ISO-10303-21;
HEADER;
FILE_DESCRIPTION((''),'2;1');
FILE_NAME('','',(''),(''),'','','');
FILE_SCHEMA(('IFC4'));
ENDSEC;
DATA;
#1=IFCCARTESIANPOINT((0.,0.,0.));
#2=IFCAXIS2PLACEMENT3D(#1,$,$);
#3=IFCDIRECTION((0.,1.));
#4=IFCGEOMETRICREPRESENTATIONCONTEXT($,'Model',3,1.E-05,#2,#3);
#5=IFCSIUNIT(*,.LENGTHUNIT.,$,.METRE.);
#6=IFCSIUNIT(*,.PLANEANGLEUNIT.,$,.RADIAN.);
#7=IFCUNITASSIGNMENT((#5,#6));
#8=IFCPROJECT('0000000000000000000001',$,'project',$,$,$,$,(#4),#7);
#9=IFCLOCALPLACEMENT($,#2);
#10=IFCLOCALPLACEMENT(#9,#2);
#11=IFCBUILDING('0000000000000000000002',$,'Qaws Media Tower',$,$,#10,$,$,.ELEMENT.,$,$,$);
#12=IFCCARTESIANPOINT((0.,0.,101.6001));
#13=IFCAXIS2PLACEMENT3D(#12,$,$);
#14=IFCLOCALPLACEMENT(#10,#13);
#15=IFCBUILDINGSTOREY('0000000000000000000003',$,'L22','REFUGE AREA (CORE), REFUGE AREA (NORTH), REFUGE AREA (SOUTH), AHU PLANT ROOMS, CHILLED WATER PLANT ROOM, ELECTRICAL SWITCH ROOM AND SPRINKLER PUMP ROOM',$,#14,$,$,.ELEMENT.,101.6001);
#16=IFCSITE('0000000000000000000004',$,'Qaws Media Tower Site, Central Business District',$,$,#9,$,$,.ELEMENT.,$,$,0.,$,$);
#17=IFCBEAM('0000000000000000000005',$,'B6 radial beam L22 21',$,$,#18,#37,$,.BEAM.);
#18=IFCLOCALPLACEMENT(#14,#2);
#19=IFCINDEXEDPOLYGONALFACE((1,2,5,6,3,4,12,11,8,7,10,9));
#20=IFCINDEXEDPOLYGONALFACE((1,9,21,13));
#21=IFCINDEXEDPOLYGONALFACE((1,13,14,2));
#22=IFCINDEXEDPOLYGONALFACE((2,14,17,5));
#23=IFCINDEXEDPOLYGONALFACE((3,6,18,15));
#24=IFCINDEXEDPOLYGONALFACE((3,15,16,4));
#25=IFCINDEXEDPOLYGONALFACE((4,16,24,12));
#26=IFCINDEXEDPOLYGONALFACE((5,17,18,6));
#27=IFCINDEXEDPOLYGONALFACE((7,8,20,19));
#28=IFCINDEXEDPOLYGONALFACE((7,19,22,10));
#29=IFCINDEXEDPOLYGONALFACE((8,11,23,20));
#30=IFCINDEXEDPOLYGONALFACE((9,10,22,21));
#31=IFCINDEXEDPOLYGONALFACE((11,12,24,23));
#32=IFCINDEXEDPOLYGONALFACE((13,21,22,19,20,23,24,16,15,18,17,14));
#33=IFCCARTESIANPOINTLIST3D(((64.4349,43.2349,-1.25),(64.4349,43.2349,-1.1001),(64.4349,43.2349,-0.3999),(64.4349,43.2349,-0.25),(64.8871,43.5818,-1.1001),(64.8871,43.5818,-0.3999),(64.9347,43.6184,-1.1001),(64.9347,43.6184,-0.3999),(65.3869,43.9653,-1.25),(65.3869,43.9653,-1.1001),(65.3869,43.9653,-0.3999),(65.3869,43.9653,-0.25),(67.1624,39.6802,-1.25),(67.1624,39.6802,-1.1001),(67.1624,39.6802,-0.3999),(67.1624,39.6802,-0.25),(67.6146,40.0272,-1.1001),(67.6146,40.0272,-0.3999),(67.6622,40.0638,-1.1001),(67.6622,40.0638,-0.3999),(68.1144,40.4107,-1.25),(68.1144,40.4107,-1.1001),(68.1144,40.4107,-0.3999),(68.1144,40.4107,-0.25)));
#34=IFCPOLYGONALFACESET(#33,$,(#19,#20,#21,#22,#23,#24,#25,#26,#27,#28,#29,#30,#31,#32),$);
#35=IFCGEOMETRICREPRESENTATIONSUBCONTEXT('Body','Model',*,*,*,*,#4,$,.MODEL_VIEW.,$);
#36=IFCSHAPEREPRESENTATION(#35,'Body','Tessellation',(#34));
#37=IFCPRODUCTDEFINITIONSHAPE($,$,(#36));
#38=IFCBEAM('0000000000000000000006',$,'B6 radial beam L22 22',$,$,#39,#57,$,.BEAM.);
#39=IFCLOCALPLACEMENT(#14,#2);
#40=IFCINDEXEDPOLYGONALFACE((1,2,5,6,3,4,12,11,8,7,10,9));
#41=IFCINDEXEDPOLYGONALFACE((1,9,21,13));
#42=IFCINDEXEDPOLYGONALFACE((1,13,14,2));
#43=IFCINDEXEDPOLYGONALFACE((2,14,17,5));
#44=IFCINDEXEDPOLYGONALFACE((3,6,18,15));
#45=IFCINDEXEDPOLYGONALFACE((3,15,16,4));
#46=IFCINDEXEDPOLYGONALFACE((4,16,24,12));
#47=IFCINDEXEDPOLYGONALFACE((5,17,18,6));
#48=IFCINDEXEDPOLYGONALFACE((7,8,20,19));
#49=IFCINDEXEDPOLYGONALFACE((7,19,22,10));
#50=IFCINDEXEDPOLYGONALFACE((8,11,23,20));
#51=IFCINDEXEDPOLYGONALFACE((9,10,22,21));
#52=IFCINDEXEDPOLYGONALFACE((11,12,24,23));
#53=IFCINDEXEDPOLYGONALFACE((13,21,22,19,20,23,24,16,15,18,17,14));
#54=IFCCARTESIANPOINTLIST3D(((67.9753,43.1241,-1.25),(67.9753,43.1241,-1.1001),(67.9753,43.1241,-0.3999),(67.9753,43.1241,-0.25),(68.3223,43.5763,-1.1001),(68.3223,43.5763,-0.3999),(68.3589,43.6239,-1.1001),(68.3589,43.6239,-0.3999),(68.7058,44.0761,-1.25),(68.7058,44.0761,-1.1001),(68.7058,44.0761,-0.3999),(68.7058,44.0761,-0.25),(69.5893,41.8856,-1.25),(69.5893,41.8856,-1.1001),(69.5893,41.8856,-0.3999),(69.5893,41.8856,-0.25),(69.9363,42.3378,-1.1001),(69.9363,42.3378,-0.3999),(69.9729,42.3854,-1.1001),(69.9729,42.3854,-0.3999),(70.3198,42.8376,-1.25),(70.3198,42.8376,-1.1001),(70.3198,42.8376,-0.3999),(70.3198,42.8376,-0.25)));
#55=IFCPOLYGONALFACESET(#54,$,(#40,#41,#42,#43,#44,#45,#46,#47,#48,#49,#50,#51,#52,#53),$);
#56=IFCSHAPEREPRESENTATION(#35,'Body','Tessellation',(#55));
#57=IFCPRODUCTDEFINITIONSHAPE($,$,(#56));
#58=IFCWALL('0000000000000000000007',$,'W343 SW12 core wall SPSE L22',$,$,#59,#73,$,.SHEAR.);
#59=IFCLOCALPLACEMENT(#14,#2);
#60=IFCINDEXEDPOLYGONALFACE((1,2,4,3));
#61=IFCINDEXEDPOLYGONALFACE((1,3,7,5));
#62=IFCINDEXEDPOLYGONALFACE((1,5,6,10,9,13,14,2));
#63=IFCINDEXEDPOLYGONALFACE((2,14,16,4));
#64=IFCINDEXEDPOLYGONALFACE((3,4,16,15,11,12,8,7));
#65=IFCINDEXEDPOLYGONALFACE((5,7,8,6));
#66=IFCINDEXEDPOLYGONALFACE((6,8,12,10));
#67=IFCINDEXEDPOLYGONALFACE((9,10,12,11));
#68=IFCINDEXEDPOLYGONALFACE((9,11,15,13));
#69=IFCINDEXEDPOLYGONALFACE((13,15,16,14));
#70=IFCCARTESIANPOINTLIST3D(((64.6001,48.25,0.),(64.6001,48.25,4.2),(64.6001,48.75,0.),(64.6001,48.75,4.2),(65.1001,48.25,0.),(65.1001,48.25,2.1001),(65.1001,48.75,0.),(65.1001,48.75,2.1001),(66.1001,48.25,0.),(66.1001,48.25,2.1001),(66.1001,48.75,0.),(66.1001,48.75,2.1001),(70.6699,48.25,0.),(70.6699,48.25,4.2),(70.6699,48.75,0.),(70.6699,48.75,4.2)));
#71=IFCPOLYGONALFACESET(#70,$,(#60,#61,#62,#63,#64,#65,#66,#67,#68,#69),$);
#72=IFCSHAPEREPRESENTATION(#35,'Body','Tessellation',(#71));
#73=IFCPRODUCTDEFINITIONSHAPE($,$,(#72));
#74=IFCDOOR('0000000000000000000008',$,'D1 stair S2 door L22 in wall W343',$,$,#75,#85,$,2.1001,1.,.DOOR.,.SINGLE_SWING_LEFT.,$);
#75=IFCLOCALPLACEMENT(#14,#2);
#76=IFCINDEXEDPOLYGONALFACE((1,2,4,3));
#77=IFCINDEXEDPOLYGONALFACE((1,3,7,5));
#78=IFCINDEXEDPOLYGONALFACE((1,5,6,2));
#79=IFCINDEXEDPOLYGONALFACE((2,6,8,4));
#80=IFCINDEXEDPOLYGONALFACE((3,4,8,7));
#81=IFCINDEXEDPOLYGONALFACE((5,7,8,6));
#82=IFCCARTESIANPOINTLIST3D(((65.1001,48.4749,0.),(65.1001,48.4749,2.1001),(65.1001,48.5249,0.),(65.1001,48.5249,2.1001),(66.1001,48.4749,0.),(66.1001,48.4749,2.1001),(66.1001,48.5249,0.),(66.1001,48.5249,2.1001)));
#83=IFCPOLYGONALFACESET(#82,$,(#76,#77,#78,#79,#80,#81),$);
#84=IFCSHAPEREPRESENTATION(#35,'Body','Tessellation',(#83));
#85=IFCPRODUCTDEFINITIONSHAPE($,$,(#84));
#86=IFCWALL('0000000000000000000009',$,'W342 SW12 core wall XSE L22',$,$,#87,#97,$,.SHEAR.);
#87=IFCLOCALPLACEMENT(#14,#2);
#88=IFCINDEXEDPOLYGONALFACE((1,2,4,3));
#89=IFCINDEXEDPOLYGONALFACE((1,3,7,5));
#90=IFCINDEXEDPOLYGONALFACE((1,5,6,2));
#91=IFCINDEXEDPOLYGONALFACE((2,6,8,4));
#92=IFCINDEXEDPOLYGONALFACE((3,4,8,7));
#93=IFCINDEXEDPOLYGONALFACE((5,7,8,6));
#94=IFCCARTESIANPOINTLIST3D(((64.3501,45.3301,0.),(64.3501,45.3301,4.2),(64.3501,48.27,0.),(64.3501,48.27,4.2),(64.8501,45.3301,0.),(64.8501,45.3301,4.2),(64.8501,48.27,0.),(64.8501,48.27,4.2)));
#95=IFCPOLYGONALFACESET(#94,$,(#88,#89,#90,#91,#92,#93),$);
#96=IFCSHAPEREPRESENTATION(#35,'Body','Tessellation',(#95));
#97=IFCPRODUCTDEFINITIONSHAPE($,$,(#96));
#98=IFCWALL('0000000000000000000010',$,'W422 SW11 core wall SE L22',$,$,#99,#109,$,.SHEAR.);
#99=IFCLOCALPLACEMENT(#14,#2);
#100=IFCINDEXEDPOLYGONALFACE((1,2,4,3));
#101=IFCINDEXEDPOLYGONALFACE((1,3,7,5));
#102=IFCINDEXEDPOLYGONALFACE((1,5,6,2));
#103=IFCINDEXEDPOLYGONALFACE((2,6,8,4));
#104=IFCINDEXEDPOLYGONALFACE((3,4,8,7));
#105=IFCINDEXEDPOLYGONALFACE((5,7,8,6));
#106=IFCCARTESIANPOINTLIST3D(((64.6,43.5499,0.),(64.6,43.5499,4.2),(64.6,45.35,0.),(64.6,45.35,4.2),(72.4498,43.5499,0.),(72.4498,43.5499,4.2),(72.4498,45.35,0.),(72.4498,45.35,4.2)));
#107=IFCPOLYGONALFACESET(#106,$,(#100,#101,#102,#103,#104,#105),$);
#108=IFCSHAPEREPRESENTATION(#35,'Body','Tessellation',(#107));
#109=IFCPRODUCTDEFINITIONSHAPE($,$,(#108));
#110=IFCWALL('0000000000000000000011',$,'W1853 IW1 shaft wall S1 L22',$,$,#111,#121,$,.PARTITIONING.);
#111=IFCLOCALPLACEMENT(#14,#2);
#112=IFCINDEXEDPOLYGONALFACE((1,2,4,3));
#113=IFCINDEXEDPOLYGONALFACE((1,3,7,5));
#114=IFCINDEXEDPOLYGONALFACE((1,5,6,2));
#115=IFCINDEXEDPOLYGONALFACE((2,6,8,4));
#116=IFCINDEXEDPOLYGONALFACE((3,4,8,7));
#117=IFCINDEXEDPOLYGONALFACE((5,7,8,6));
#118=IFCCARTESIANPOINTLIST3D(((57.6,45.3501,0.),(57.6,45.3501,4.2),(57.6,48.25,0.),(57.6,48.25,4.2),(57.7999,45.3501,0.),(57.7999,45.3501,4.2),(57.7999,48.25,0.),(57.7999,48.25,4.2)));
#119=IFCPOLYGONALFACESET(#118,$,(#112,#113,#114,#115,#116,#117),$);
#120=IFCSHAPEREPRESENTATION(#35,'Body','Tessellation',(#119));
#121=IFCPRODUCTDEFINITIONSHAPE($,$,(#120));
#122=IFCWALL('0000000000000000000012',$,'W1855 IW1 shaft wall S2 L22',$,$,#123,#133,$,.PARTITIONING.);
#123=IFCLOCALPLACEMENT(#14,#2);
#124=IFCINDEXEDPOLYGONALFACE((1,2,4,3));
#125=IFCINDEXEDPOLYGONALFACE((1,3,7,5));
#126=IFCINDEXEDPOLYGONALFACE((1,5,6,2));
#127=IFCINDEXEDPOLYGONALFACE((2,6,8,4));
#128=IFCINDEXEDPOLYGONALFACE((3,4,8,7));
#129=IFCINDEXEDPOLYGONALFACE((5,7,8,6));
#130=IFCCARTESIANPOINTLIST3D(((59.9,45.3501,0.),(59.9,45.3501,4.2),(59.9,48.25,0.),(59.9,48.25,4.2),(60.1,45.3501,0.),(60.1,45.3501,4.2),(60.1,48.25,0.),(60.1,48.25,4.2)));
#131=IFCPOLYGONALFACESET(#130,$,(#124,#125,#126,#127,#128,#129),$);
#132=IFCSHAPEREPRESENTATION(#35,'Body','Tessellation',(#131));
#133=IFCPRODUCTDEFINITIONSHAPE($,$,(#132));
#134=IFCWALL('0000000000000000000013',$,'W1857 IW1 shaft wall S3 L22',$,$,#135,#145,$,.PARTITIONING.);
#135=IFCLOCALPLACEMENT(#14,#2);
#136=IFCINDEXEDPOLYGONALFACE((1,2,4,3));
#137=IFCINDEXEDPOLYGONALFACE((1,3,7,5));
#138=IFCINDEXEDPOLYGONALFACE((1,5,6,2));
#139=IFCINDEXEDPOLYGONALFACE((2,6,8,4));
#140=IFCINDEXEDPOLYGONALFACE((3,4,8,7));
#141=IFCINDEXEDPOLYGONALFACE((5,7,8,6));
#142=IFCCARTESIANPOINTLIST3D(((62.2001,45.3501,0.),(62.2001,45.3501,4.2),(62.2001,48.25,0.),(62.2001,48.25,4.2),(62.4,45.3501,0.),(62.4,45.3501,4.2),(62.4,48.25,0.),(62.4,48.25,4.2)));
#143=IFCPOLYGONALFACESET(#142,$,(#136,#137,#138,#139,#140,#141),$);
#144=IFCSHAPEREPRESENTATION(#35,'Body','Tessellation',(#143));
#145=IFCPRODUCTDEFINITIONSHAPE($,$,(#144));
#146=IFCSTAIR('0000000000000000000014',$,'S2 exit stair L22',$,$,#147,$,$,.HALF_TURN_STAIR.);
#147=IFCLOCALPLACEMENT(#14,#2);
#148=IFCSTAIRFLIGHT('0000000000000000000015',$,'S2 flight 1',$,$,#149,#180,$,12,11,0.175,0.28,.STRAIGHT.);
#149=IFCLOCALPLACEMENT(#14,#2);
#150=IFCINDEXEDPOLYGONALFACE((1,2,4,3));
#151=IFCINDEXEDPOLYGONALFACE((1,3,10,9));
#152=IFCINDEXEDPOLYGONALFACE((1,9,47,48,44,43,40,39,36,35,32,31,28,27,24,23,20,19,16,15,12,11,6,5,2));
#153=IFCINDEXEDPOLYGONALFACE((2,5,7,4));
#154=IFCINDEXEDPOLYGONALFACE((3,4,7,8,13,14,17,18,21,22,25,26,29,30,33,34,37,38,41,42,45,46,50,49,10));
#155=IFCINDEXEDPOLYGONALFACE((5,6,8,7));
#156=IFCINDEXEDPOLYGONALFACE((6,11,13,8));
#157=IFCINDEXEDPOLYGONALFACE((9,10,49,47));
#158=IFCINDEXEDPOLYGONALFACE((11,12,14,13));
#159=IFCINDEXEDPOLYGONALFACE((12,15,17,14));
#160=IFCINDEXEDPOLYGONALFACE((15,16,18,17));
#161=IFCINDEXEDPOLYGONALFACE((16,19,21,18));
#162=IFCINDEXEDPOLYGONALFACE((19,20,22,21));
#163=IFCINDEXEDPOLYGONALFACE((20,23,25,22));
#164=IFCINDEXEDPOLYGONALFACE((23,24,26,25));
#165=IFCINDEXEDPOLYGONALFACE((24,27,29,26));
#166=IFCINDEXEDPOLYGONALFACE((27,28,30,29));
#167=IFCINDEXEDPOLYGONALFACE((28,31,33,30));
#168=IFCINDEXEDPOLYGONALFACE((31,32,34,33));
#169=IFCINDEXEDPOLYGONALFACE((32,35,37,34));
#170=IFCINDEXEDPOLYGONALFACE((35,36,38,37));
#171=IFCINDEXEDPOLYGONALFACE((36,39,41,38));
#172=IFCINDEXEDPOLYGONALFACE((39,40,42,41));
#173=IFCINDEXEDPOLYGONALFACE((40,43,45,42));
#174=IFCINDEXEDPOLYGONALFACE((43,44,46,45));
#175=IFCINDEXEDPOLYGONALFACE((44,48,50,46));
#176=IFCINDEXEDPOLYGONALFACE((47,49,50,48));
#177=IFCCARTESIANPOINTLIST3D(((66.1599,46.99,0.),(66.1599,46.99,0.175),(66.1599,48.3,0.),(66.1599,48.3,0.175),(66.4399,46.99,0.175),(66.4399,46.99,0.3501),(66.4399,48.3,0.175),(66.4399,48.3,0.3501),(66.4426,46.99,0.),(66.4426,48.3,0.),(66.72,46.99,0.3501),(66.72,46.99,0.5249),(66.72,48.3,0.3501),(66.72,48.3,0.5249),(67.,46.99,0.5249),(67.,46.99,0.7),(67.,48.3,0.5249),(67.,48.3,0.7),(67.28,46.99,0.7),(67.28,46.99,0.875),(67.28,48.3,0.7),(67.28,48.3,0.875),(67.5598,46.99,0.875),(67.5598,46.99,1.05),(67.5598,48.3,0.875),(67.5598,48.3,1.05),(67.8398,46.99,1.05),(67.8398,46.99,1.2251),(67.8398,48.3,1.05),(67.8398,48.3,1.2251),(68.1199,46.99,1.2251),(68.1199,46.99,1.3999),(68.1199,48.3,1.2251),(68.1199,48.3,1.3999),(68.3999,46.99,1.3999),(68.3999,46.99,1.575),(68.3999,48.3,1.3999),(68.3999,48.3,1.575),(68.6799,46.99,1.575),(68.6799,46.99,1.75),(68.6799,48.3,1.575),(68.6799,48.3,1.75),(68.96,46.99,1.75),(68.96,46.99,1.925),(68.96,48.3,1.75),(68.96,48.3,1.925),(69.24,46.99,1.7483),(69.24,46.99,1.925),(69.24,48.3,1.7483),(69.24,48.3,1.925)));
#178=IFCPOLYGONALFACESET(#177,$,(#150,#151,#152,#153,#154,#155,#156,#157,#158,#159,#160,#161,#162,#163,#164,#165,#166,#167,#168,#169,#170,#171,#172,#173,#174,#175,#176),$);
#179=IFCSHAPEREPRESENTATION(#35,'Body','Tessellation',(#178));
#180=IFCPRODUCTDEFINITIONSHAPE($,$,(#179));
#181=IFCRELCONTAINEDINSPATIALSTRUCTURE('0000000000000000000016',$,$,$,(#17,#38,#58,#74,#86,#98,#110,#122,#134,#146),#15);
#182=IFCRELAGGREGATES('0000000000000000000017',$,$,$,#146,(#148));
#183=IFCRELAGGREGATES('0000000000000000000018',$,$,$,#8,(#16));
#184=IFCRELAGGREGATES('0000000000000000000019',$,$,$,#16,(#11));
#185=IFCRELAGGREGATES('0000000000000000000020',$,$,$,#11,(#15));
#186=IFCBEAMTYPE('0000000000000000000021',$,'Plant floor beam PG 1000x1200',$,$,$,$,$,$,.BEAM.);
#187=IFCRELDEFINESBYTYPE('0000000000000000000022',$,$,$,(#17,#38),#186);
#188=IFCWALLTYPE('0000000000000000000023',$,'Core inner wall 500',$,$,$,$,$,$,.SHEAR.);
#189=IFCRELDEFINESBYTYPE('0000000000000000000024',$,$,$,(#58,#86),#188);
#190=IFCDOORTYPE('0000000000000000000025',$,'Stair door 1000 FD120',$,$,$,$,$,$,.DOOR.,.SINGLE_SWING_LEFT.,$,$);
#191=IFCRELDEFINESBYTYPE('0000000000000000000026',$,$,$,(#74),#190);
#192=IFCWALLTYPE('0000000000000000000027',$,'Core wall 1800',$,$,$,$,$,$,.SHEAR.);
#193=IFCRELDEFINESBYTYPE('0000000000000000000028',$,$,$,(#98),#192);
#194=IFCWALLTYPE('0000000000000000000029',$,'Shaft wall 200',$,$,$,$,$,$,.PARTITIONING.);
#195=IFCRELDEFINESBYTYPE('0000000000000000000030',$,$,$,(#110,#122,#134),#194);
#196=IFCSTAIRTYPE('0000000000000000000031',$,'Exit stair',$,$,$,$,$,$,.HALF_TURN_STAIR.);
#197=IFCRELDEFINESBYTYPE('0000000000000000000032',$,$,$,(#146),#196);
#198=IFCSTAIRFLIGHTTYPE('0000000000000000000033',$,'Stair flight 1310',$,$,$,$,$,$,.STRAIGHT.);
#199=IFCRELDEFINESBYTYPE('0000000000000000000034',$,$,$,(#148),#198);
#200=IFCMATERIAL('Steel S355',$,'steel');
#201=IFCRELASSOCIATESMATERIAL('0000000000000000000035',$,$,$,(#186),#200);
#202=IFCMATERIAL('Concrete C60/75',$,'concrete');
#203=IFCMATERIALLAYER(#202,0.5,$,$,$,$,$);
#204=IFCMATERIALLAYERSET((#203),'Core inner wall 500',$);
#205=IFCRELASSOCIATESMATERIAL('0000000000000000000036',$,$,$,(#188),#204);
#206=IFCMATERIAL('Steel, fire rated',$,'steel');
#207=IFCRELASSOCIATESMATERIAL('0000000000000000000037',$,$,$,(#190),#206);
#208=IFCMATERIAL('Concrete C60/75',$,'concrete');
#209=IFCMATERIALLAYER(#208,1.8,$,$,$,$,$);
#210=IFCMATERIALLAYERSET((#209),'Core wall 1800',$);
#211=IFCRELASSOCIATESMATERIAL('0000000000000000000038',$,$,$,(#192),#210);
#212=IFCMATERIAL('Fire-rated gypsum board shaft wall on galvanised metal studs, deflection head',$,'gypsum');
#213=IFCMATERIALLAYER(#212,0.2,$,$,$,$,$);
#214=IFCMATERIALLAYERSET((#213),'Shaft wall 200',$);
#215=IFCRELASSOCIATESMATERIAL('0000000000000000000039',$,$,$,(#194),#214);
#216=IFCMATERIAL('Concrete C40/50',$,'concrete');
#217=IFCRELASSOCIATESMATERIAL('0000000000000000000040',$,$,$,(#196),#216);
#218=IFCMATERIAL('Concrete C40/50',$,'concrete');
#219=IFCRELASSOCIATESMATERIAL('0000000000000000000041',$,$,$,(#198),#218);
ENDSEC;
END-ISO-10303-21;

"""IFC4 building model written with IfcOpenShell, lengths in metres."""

from ifc_helpers import new_model, si_unit, direction, frame, frame_2d, origin, origin_2d, place, context, subcontext, project, spatial, polyline, rectangle, i_section, outline, extrude, material, layer, layer_set, material_profile, profile_set, type_object, element, fill, aggregate, save


model = new_model("IFC4")

# Units and contexts
model_context = context("Model", 3, precision=1e-05, world=origin(), true_north=direction((0.0, 1.0)))
body_context = subcontext(model_context, "Body", "Model", "MODEL_VIEW")
ifc_project = project(units=[si_unit("LENGTHUNIT", "METRE"), si_unit("PLANEANGLEUNIT", "RADIAN")], contexts=[model_context])

# Site, building, storey
site_placement = place(None, origin())
site = spatial("IfcSite", under=ifc_project, at=site_placement, Name="Qaws Media Tower Site, Central Business District", CompositionType="ELEMENT", RefElevation=0.0)
building_placement = place(site_placement, origin())
building = spatial("IfcBuilding", under=site, at=building_placement, Name="Qaws Media Tower", CompositionType="ELEMENT")
storey_placement = place(building_placement, frame((0.0, 0.0, 101.6001)))
storey = spatial("IfcBuildingStorey", under=building, at=storey_placement, Name="L22", Description="REFUGE AREA (CORE), REFUGE AREA (NORTH), REFUGE AREA (SOUTH), AHU PLANT ROOMS, CHILLED WATER PLANT ROOM, ELECTRICAL SWITCH ROOM AND SPRINKLER PUMP ROOM", CompositionType="ELEMENT", Elevation=101.6001)

# Beams
ifc_material_1 = material(Name="Steel S355", Category="steel")
ifc_material_profile_1 = material_profile(ifc_material_1, i_section(OverallWidth=1.2, OverallDepth=1.0, WebThickness=0.0601, FlangeThickness=0.1499, at=origin_2d()), Name="PG 1000x1200")
ifc_profile_set_1 = profile_set([ifc_material_profile_1], Name="Steel S355")
beam_type_1 = type_object("IfcBeamType", Name="Plant floor beam PG 1000x1200", PredefinedType="BEAM", material=ifc_profile_set_1)
beam_1_placement = place(storey_placement, frame((64.9109, 43.6001, -0.75), z_axis=(0.608752, -0.793361, 0.0), x_axis=(0.793361, 0.608752, 0.0)))
element("IfcBeam", 1, at=beam_1_placement, inside=storey, type_object=beam_type_1, Name="B6 radial beam L22 21", PredefinedType="BEAM", context=body_context, shape_type="SweptSolid", body=[
    extrude(i_section(OverallWidth=1.2, OverallDepth=1.0, WebThickness=0.0601, FlangeThickness=0.1499, at=origin_2d()), origin(), (0.0, 0.0, 1.0), 4.4805),
])
beam_2_placement = place(storey_placement, frame((68.3406, 43.6001, -0.75), z_axis=(0.793342, -0.608777, 0.0), x_axis=(0.608777, 0.793342, 0.0)))
element("IfcBeam", 2, at=beam_2_placement, inside=storey, type_object=beam_type_1, Name="B6 radial beam L22 22", PredefinedType="BEAM", context=body_context, shape_type="SweptSolid", body=[
    extrude(i_section(OverallWidth=1.2, OverallDepth=1.0, WebThickness=0.0601, FlangeThickness=0.1499, at=origin_2d()), origin(), (0.0, 0.0, 1.0), 2.0344),
])

# Wall, opening, door
ifc_material_2 = material(Name="Concrete C60/75", Category="concrete")
ifc_layer_1 = layer(ifc_material_2, 0.5)
ifc_layer_set_1 = layer_set([ifc_layer_1], Name="Core inner wall 500")
wall_type_1 = type_object("IfcWallType", Name="Core inner wall 500", PredefinedType="SHEAR", material=ifc_layer_set_1)
wall_1_placement = place(storey_placement, frame((64.6001, 48.5, 0.0), z_axis=(0.0, 0.0, 1.0), x_axis=(1.0, 0.0, 0.0)))
wall_1 = element("IfcWall", 3, at=wall_1_placement, inside=storey, type_object=wall_type_1, Name="W343 SW12 core wall SPSE L22", PredefinedType="SHEAR", context=body_context, shape_type="SweptSolid", body=[
    extrude(rectangle(XDim=6.0698, YDim=0.5, at=frame_2d((3.0349, 0.0))), origin(), (0.0, 0.0, 1.0), 4.2),
])
opening_placement = place(wall_1_placement, frame((0.5, 0.0, 0.0)))
opening = element("IfcOpeningElement", 4, at=opening_placement, cuts=wall_1, PredefinedType="OPENING", context=body_context, shape_type="SweptSolid", body=[
    extrude(rectangle(XDim=1.0, YDim=2.1001, at=frame_2d((0.5, 1.05))), frame((0.0, 0.26, 0.0), z_axis=(0.0, -1.0, 0.0), x_axis=(1.0, 0.0, 0.0)), (0.0, 0.0, 1.0), 0.52),
])
ifc_material_3 = material(Name="Steel, fire rated", Category="steel")
door_type = type_object("IfcDoorType", Name="Stair door 1000 FD120", OperationType="SINGLE_SWING_LEFT", PredefinedType="DOOR", material=ifc_material_3)
door_placement = place(opening_placement, origin())
door = element("IfcDoor", 5, at=door_placement, inside=storey, type_object=door_type, Name="D1 stair S2 door L22 in wall W343", OperationType="SINGLE_SWING_LEFT", OverallHeight=2.1001, OverallWidth=1.0, PredefinedType="DOOR", context=body_context, shape_type="SweptSolid", body=[
    extrude(rectangle(XDim=1.0, YDim=2.1001, at=frame_2d((0.5, 1.05))), frame((0.0, 0.0249, 0.0), z_axis=(0.0, -1.0, 0.0), x_axis=(1.0, 0.0, 0.0)), (0.0, 0.0, 1.0), 0.05),
])
fill(opening, door)

# Walls
wall_2_placement = place(storey_placement, frame((64.6001, 48.27, 0.0), z_axis=(0.0, 0.0, 1.0), x_axis=(0.0, -1.0, 0.0)))
element("IfcWall", 6, at=wall_2_placement, inside=storey, type_object=wall_type_1, Name="W342 SW12 core wall XSE L22", PredefinedType="SHEAR", context=body_context, shape_type="SweptSolid", body=[
    extrude(rectangle(XDim=2.9399, YDim=0.5, at=frame_2d((1.47, 0.0))), origin(), (0.0, 0.0, 1.0), 4.2),
])
ifc_material_4 = material(Name="Concrete C60/75", Category="concrete")
ifc_layer_2 = layer(ifc_material_4, 1.8)
ifc_layer_set_2 = layer_set([ifc_layer_2], Name="Core wall 1800")
wall_type_2 = type_object("IfcWallType", Name="Core wall 1800", PredefinedType="SHEAR", material=ifc_layer_set_2)
wall_3_placement = place(storey_placement, frame((64.6001, 44.45, 0.0), z_axis=(0.0, 0.0, 1.0), x_axis=(1.0, 0.0, 0.0)))
element("IfcWall", 7, at=wall_3_placement, inside=storey, type_object=wall_type_2, Name="W422 SW11 core wall SE L22", PredefinedType="SHEAR", context=body_context, shape_type="SweptSolid", body=[
    extrude(rectangle(XDim=7.8499, YDim=1.8, at=frame_2d((3.9248, 0.0))), origin(), (0.0, 0.0, 1.0), 4.2),
])
ifc_material_5 = material(Name="Fire-rated gypsum board shaft wall on galvanised metal studs, deflection head", Category="gypsum")
ifc_layer_3 = layer(ifc_material_5, 0.2)
ifc_layer_set_3 = layer_set([ifc_layer_3], Name="Shaft wall 200")
wall_type_3 = type_object("IfcWallType", Name="Shaft wall 200", PredefinedType="PARTITIONING", material=ifc_layer_set_3)
for number, where, z_axis, x_axis, name in (
    (8, (57.7, 45.3501, 0.0), (0.0, 0.0, 1.0), (0.0, 1.0, 0.0), "W1853 IW1 shaft wall S1 L22"),
    (9, (60.0, 45.3501, 0.0), (0.0, 0.0, 1.0), (0.0, 1.0, 0.0), "W1855 IW1 shaft wall S2 L22"),
    (10, (62.3, 45.3501, 0.0), (0.0, 0.0, 1.0), (0.0, 1.0, 0.0), "W1857 IW1 shaft wall S3 L22"),
):
    element("IfcWall", number, at=place(storey_placement, frame(where, z_axis=z_axis, x_axis=x_axis)), inside=storey, type_object=wall_type_3, Name=name, PredefinedType="PARTITIONING", context=body_context, shape_type="SweptSolid", body=[
        extrude(rectangle(XDim=2.8999, YDim=0.2, at=frame_2d((1.45, 0.0))), origin(), (0.0, 0.0, 1.0), 4.2),
    ])

# Stair, stair flight
ifc_material_6 = material(Name="Concrete C40/50", Category="concrete")
stair_type = type_object("IfcStairType", Name="Exit stair", PredefinedType="HALF_TURN_STAIR", material=ifc_material_6)
stair_placement = place(storey_placement, origin())
stair = element("IfcStair", 11, at=stair_placement, inside=storey, type_object=stair_type, Name="S2 exit stair L22", PredefinedType="HALF_TURN_STAIR")
ifc_material_7 = material(Name="Concrete C40/50", Category="concrete")
stair_flight_type = type_object("IfcStairFlightType", Name="Stair flight 1310", PredefinedType="STRAIGHT", material=ifc_material_7)
stair_flight_placement = place(storey_placement, frame((66.1599, 47.645, 0.0), z_axis=(0.0, 0.0, 1.0), x_axis=(1.0, 0.0, 0.0)))
stair_flight = element("IfcStairFlight", 12, at=stair_flight_placement, type_object=stair_flight_type, Name="S2 flight 1", NumberOfRisers=12, NumberOfTreads=11, PredefinedType="STRAIGHT", RiserHeight=0.175, TreadLength=0.28, context=body_context, shape_type="SweptSolid", body=[
    extrude(outline(polyline([(0.0, 0.0), (0.0, 0.175), (0.28, 0.175), (0.28, 0.3501), (0.5601, 0.3501), (0.5601, 0.5249), (0.8401, 0.5249), (0.8401, 0.7), (1.1201, 0.7), (1.1201, 0.875), (1.3999, 0.875), (1.3999, 1.05), (1.6799, 1.05), (1.6799, 1.2251), (1.96, 1.2251), (1.96, 1.3999), (2.24, 1.3999), (2.24, 1.575), (2.52, 1.575), (2.52, 1.75), (2.8, 1.75), (2.8, 1.925), (3.0801, 1.925), (3.0801, 2.1001), (3.0801, 1.7483), (0.2827, 0.0), (0.0, 0.0)])), frame((0.0, 0.655, 0.0), z_axis=(0.0, -1.0, 0.0), x_axis=(1.0, 0.0, 0.0)), (0.0, 0.0, 1.0), 1.3101),
])
aggregate(stair, [stair_flight])

save(model, "model.ifc")
